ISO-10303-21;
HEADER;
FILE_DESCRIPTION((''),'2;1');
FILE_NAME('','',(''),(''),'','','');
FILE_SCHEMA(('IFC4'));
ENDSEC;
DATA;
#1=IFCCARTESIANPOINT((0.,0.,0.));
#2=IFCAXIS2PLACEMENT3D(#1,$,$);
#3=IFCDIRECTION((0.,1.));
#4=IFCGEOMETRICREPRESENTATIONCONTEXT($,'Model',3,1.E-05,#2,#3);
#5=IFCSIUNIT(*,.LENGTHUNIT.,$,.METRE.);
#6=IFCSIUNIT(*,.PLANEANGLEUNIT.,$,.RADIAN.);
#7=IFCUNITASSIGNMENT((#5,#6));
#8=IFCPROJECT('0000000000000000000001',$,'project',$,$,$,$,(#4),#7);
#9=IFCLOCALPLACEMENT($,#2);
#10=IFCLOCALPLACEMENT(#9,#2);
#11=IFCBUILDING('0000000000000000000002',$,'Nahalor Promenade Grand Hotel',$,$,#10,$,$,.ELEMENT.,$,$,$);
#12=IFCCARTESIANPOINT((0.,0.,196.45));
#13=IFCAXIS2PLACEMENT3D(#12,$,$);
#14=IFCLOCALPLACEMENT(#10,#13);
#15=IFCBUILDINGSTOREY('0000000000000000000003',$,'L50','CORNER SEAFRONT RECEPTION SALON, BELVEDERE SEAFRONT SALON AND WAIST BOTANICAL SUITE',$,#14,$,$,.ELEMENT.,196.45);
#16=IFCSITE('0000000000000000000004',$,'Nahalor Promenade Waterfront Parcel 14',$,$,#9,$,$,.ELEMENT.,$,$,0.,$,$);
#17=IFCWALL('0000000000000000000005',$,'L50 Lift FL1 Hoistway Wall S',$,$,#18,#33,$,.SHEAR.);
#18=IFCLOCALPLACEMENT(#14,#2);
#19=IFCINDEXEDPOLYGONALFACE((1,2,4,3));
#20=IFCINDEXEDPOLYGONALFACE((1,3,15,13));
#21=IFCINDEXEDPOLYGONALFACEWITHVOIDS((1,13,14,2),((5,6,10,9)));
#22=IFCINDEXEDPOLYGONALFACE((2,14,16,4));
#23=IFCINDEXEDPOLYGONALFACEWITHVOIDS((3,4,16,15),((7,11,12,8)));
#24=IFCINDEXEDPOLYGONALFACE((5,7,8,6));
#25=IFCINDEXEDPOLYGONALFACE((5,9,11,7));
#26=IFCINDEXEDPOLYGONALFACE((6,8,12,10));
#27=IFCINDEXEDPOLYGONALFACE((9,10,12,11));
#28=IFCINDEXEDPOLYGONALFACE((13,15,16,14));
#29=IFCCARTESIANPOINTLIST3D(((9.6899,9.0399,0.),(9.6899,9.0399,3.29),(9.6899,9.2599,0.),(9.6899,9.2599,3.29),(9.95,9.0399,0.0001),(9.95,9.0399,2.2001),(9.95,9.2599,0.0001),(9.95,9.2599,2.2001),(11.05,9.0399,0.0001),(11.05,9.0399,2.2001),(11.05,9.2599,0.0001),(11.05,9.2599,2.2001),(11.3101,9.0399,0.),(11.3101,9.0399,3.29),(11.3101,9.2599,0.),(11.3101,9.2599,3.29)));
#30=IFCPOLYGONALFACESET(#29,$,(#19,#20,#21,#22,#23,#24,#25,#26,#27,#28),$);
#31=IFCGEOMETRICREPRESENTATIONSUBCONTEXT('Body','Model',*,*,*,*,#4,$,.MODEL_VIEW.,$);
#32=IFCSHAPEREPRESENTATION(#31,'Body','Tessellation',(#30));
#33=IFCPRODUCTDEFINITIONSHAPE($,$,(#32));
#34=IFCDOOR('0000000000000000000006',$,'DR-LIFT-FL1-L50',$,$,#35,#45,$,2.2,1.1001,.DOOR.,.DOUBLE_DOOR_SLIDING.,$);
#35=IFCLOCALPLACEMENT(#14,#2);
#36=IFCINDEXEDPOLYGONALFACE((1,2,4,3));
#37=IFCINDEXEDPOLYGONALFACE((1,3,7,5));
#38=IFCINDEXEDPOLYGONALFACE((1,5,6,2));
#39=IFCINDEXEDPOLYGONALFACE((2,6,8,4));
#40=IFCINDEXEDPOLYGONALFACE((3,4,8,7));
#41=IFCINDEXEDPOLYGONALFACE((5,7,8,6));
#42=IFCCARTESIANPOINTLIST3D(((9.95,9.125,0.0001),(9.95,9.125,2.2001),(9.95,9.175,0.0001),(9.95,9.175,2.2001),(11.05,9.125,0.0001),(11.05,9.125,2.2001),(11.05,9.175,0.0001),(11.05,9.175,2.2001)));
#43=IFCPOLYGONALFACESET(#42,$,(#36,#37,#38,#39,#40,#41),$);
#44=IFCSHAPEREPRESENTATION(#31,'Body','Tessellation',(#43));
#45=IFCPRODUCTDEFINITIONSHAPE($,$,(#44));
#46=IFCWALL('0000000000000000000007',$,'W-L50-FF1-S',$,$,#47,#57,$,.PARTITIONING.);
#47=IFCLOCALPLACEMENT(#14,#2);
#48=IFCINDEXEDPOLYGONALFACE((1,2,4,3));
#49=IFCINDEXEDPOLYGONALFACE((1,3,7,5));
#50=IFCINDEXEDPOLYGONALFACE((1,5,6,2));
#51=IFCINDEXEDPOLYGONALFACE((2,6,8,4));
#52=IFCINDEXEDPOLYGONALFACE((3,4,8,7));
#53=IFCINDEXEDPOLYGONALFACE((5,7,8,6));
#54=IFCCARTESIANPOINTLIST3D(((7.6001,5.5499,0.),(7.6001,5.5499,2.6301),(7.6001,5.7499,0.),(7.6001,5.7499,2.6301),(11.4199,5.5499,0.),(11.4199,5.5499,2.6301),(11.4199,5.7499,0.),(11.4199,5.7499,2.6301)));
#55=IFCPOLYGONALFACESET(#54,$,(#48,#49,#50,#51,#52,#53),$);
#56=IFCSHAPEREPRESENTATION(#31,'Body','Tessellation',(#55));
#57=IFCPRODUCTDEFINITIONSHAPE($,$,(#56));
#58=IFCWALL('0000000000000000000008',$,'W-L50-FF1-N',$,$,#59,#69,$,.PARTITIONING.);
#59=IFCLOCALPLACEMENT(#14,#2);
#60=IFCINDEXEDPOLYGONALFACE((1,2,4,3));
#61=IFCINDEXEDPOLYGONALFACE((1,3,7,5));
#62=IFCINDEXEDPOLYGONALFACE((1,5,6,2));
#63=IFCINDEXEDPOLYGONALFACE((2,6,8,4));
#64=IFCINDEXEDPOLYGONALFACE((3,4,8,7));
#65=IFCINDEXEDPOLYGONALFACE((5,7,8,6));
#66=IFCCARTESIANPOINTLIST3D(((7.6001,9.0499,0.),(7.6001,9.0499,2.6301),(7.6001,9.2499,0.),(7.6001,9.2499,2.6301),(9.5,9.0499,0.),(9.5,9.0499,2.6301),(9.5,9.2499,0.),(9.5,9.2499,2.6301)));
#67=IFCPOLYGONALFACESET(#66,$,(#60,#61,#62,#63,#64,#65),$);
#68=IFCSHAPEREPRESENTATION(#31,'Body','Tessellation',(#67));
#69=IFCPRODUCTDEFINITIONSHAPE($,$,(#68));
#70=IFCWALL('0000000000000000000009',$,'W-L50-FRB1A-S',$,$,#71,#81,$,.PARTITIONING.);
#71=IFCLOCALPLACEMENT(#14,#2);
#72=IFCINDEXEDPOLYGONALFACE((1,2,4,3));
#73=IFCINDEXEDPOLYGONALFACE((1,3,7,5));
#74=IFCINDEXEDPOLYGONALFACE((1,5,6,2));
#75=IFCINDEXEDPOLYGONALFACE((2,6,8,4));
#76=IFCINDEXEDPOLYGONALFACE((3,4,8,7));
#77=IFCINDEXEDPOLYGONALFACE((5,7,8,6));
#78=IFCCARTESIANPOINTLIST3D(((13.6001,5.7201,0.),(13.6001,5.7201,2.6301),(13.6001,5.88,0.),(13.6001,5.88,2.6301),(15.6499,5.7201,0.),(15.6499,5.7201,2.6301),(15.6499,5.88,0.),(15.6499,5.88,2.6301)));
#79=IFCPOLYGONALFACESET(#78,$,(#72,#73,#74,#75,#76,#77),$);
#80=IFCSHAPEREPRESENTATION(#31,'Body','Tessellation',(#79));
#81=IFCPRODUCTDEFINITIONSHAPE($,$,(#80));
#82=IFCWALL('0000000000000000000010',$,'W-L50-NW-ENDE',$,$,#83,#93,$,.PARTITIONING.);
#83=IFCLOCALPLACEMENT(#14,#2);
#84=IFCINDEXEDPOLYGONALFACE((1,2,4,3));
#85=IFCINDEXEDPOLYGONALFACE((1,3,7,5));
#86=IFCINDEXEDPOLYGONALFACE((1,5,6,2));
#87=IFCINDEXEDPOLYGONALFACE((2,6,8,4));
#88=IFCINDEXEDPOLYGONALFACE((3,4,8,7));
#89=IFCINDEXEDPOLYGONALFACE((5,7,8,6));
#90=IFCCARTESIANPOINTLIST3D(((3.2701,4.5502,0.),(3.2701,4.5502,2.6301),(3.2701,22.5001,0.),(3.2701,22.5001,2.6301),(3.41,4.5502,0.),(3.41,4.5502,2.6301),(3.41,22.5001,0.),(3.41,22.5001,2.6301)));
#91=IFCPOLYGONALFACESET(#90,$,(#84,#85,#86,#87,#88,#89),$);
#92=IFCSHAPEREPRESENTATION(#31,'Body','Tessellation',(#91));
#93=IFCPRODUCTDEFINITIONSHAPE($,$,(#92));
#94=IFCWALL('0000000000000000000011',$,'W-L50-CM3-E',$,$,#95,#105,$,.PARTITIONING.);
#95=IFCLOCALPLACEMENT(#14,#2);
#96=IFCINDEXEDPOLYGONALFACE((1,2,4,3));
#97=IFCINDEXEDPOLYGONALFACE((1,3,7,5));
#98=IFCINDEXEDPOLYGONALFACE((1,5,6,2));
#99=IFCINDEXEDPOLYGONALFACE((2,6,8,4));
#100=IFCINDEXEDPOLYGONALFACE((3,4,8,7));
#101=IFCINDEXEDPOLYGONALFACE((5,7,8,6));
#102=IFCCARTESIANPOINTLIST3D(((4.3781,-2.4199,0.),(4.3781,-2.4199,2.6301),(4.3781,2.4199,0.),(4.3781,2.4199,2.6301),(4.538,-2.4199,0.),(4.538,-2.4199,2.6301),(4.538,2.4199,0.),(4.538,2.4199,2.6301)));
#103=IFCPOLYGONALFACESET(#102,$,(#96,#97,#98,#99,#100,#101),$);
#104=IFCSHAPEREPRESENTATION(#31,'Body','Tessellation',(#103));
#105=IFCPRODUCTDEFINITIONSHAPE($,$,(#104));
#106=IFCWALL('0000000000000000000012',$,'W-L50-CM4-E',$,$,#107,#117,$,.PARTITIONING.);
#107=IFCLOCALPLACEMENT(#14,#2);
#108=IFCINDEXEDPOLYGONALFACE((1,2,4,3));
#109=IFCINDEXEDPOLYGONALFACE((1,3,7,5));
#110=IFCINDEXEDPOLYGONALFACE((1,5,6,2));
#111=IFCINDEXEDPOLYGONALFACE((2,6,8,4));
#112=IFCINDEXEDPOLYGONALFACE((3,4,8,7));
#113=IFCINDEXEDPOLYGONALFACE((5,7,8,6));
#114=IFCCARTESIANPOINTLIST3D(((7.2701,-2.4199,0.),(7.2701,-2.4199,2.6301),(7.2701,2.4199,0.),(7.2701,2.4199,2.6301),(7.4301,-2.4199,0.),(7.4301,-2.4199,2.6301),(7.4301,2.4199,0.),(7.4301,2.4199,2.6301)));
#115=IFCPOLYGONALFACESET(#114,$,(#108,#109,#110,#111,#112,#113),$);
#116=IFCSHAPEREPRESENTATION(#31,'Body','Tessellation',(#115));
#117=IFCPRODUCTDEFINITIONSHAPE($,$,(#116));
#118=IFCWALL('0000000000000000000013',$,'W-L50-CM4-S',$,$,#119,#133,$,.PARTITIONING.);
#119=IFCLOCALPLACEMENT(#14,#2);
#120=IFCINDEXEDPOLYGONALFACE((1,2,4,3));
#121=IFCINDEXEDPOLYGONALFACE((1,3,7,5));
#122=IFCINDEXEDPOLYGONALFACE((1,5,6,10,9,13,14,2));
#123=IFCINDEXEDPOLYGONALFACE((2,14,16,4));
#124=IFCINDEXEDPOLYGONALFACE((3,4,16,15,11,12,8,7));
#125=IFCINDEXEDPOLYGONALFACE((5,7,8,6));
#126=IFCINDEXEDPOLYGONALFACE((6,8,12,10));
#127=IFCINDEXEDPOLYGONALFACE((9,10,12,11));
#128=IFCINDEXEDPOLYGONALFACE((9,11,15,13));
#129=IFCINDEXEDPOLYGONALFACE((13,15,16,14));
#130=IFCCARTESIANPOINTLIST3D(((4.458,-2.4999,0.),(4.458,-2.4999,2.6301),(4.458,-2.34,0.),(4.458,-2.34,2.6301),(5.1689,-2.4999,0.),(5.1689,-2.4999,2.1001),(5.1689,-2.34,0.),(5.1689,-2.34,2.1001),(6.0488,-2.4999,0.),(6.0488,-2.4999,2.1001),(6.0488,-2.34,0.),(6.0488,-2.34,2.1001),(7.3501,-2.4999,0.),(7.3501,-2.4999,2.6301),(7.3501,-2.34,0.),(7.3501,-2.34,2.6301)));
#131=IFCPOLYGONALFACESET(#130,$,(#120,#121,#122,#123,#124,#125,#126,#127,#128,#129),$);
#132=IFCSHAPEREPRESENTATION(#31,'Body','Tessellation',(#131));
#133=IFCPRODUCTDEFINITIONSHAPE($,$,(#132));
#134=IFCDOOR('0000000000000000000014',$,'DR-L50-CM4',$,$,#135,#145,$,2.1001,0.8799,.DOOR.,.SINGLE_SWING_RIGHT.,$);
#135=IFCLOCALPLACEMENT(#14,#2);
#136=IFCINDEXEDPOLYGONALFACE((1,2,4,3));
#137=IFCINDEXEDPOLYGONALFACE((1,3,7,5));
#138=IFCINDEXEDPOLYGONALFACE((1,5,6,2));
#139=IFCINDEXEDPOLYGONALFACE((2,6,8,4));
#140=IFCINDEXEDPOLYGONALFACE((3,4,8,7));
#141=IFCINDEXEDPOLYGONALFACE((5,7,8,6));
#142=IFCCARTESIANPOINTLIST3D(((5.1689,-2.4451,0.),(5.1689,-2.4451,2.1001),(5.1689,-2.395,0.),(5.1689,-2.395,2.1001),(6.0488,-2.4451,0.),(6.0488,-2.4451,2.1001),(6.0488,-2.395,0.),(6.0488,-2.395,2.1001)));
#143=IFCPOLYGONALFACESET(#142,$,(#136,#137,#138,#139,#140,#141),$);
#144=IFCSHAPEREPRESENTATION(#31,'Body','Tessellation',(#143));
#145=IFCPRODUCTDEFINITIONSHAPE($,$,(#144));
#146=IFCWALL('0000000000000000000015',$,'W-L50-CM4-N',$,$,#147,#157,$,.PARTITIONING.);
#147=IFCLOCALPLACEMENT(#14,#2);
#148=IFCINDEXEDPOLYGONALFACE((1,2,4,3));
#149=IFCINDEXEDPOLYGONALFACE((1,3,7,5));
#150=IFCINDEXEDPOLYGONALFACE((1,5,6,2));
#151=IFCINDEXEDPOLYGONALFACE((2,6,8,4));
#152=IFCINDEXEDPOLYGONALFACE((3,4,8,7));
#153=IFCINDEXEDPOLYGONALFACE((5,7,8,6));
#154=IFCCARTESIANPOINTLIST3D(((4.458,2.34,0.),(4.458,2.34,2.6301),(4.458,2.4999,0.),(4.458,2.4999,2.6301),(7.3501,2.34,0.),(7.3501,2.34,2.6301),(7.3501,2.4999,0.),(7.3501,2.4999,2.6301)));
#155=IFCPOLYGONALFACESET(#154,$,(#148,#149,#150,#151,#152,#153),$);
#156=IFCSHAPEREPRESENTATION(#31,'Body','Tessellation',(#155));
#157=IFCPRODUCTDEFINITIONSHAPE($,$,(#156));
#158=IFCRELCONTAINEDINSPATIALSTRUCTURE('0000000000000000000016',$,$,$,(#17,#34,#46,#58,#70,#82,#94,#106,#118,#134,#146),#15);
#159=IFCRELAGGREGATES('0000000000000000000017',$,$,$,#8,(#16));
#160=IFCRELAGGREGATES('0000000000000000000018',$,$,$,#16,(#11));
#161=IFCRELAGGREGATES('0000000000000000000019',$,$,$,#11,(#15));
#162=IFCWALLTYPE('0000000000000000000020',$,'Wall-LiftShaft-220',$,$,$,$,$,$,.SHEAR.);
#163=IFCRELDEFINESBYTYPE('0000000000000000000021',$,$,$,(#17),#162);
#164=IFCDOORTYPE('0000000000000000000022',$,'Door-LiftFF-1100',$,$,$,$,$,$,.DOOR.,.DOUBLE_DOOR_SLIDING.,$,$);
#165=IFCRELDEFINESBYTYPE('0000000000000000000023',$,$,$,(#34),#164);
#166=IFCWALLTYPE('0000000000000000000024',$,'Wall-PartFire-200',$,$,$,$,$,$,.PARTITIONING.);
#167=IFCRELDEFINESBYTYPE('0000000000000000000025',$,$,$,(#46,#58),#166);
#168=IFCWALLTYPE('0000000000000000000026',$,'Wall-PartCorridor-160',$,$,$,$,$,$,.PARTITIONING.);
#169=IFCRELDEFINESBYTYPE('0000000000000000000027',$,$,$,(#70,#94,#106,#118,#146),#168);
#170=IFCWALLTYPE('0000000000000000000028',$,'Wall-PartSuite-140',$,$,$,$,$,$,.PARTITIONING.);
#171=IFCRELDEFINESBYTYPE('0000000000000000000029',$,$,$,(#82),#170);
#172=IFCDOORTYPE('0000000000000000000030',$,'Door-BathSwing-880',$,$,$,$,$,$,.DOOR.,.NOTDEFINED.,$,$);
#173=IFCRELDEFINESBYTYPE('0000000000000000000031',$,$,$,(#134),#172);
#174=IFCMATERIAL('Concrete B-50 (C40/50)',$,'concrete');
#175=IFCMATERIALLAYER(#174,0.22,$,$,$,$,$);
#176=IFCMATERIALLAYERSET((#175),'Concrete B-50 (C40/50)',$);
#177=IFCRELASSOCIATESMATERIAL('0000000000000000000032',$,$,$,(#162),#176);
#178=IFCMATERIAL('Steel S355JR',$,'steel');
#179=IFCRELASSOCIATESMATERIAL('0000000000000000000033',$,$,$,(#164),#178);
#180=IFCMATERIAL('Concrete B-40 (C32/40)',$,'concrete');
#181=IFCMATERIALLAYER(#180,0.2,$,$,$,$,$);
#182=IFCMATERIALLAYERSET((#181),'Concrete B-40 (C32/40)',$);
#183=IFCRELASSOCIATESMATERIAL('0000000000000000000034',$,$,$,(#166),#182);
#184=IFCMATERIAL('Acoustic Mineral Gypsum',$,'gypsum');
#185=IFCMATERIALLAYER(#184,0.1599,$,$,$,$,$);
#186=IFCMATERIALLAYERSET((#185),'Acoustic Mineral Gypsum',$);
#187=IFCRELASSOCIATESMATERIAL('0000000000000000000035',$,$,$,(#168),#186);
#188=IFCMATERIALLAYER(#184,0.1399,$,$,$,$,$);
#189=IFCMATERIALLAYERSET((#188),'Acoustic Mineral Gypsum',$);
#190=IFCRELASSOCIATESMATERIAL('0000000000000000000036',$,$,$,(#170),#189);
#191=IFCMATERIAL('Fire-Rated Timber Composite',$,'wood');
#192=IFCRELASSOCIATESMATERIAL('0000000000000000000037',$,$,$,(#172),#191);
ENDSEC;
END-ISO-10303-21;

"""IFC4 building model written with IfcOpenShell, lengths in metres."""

from ifc_helpers import new_model, si_unit, direction, frame, frame_2d, origin, place, context, subcontext, project, spatial, rectangle, extrude, source, transform, mapped, material, layer, layer_set, type_object, element, fill, save


model = new_model("IFC4")

# Units and contexts
model_context = context("Model", 3, precision=1e-05, world=origin(), true_north=direction((0.0, 1.0)))
body_context = subcontext(model_context, "Body", "Model", "MODEL_VIEW")
ifc_project = project(units=[si_unit("LENGTHUNIT", "METRE"), si_unit("PLANEANGLEUNIT", "RADIAN")], contexts=[model_context])

# Site, building, storey
site_placement = place(None, origin())
site = spatial("IfcSite", under=ifc_project, at=site_placement, Name="Nahalor Promenade Waterfront Parcel 14", CompositionType="ELEMENT", RefElevation=0.0)
building_placement = place(site_placement, origin())
building = spatial("IfcBuilding", under=site, at=building_placement, Name="Nahalor Promenade Grand Hotel", CompositionType="ELEMENT")
storey_placement = place(building_placement, frame((0.0, 0.0, 196.45)))
storey = spatial("IfcBuildingStorey", under=building, at=storey_placement, Name="L50", Description="CORNER SEAFRONT RECEPTION SALON, BELVEDERE SEAFRONT SALON AND WAIST BOTANICAL SUITE", CompositionType="ELEMENT", Elevation=196.45)

# Shared definitions
ifc_material_1 = material(Name="Steel S355JR", Category="steel")

# Shared definitions
ifc_material_2 = material(Name="Concrete B-50 (C40/50)", Category="concrete")

# Shared definitions
ifc_layer_1 = layer(ifc_material_2, 0.22)
ifc_layer_set_1 = layer_set([ifc_layer_1], Name="Concrete B-50 (C40/50)")
wall_type_1 = type_object("IfcWallType", Name="Wall-LiftShaft-220", PredefinedType="SHEAR", material=ifc_layer_set_1)

# Wall, opening, door
shared_shape_1 = source(origin(), body_context, "Body", "SweptSolid", [
    extrude(rectangle(XDim=1.6201, YDim=0.22, at=frame_2d((0.8101, 0.0))), origin(), (0.0, 0.0, 1.0), 3.29),
])
wall_1_placement = place(storey_placement, frame((9.6899, 9.1499, 0.0), z_axis=(0.0, 0.0, 1.0), x_axis=(1.0, 0.0, 0.0)))
wall_1 = element("IfcWall", 1, at=wall_1_placement, inside=storey, type_object=wall_type_1, Name="L50 Lift FL1 Hoistway Wall S", PredefinedType="SHEAR", context=body_context, shape_type="MappedRepresentation", body=[
    mapped(shared_shape_1, transform((0.0, 0.0, 0.0), scale=1.0)),
])
opening_1_placement = place(wall_1_placement, frame((0.26, 0.0, 0.0)))
opening_1 = element("IfcOpeningElement", 2, at=opening_1_placement, cuts=wall_1, PredefinedType="OPENING", context=body_context, shape_type="SweptSolid", body=[
    extrude(rectangle(XDim=1.1001, YDim=2.2, at=frame_2d((0.55, 1.1001))), frame((0.0, 0.1199, 0.0), z_axis=(0.0, -1.0, 0.0), x_axis=(1.0, 0.0, 0.0)), (0.0, 0.0, 1.0), 0.24),
])
door_type_1 = type_object("IfcDoorType", Name="Door-LiftFF-1100", OperationType="DOUBLE_DOOR_SLIDING", PredefinedType="DOOR", material=ifc_material_1)
shared_shape_2 = source(origin(), body_context, "Body", "SweptSolid", [
    extrude(rectangle(XDim=1.1001, YDim=2.2, at=frame_2d((0.55, 1.1001))), frame((0.0, 0.0249, 0.0), z_axis=(0.0, -1.0, 0.0), x_axis=(1.0, 0.0, 0.0)), (0.0, 0.0, 1.0), 0.05),
])
door_1_placement = place(opening_1_placement, frame((1.1001, 0.0, 0.0), z_axis=(0.0, 0.0, 1.0), x_axis=(-1.0, 0.0, 0.0)))
door_1 = element("IfcDoor", 3, at=door_1_placement, inside=storey, type_object=door_type_1, Name="DR-LIFT-FL1-L50", OperationType="DOUBLE_DOOR_SLIDING", OverallHeight=2.2, OverallWidth=1.1001, PredefinedType="DOOR", context=body_context, shape_type="MappedRepresentation", body=[
    mapped(shared_shape_2, transform((0.0, 0.0, 0.0), scale=1.0)),
])
fill(opening_1, door_1)

# Walls
ifc_material_3 = material(Name="Concrete B-40 (C32/40)", Category="concrete")
ifc_layer_2 = layer(ifc_material_3, 0.2)
ifc_layer_set_2 = layer_set([ifc_layer_2], Name="Concrete B-40 (C32/40)")
wall_type_2 = type_object("IfcWallType", Name="Wall-PartFire-200", PredefinedType="PARTITIONING", material=ifc_layer_set_2)
shared_shape_3 = source(origin(), body_context, "Body", "SweptSolid", [
    extrude(rectangle(XDim=3.8198, YDim=0.2, at=frame_2d((1.9099, 0.0))), origin(), (0.0, 0.0, 1.0), 2.6301),
])
wall_2_placement = place(storey_placement, frame((7.6001, 5.6499, 0.0), z_axis=(0.0, 0.0, 1.0), x_axis=(1.0, 0.0, 0.0)))
element("IfcWall", 4, at=wall_2_placement, inside=storey, type_object=wall_type_2, Name="W-L50-FF1-S", PredefinedType="PARTITIONING", context=body_context, shape_type="MappedRepresentation", body=[
    mapped(shared_shape_3, transform((0.0, 0.0, 0.0), scale=1.0)),
])
shared_shape_4 = source(origin(), body_context, "Body", "SweptSolid", [
    extrude(rectangle(XDim=1.8999, YDim=0.2, at=frame_2d((0.95, 0.0))), origin(), (0.0, 0.0, 1.0), 2.6301),
])
wall_3_placement = place(storey_placement, frame((7.6001, 9.1499, 0.0), z_axis=(0.0, 0.0, 1.0), x_axis=(1.0, 0.0, 0.0)))
element("IfcWall", 5, at=wall_3_placement, inside=storey, type_object=wall_type_2, Name="W-L50-FF1-N", PredefinedType="PARTITIONING", context=body_context, shape_type="MappedRepresentation", body=[
    mapped(shared_shape_4, transform((0.0, 0.0, 0.0), scale=1.0)),
])

# Walls
ifc_material_4 = material(Name="Acoustic Mineral Gypsum", Category="gypsum")
ifc_layer_3 = layer(ifc_material_4, 0.1599)
ifc_layer_set_3 = layer_set([ifc_layer_3], Name="Acoustic Mineral Gypsum")
wall_type_3 = type_object("IfcWallType", Name="Wall-PartCorridor-160", PredefinedType="PARTITIONING", material=ifc_layer_set_3)
shared_shape_5 = source(origin(), body_context, "Body", "SweptSolid", [
    extrude(rectangle(XDim=2.0498, YDim=0.1599, at=frame_2d((1.0249, 0.0))), origin(), (0.0, 0.0, 1.0), 2.6301),
])
wall_4_placement = place(storey_placement, frame((13.6001, 5.8, 0.0), z_axis=(0.0, 0.0, 1.0), x_axis=(1.0, 0.0, 0.0)))
element("IfcWall", 6, at=wall_4_placement, inside=storey, type_object=wall_type_3, Name="W-L50-FRB1A-S", PredefinedType="PARTITIONING", context=body_context, shape_type="MappedRepresentation", body=[
    mapped(shared_shape_5, transform((0.0, 0.0, 0.0), scale=1.0)),
])
ifc_layer_4 = layer(ifc_material_4, 0.1399)
ifc_layer_set_4 = layer_set([ifc_layer_4], Name="Acoustic Mineral Gypsum")
wall_type_4 = type_object("IfcWallType", Name="Wall-PartSuite-140", PredefinedType="PARTITIONING", material=ifc_layer_set_4)
shared_shape_6 = source(origin(), body_context, "Body", "SweptSolid", [
    extrude(rectangle(XDim=17.95, YDim=0.1399, at=frame_2d((8.9751, 0.0))), origin(), (0.0, 0.0, 1.0), 2.6301),
])
wall_5_placement = place(storey_placement, frame((3.3401, 4.55, 0.0), z_axis=(0.0, 0.0, 1.0), x_axis=(0.0, 1.0, 0.0)))
element("IfcWall", 7, at=wall_5_placement, inside=storey, type_object=wall_type_4, Name="W-L50-NW-ENDE", PredefinedType="PARTITIONING", context=body_context, shape_type="MappedRepresentation", body=[
    mapped(shared_shape_6, transform((0.0, 0.0, 0.0), scale=1.0)),
])
shared_shape_7 = source(origin(), body_context, "Body", "SweptSolid", [
    extrude(rectangle(XDim=4.8398, YDim=0.1599, at=frame_2d((2.4199, 0.0))), origin(), (0.0, 0.0, 1.0), 2.6301),
])
for number, where, z_axis, x_axis, name in (
    (8, (4.458, -2.4199, 0.0), (0.0, 0.0, 1.0), (0.0, 1.0, 0.0), "W-L50-CM3-E"),
    (9, (7.3501, -2.4199, 0.0), (0.0, 0.0, 1.0), (0.0, 1.0, 0.0), "W-L50-CM4-E"),
):
    element("IfcWall", number, at=place(storey_placement, frame(where, z_axis=z_axis, x_axis=x_axis)), inside=storey, type_object=wall_type_3, Name=name, PredefinedType="PARTITIONING", context=body_context, shape_type="MappedRepresentation", body=[
        mapped(shared_shape_7, transform((0.0, 0.0, 0.0), scale=1.0)),
    ])

# Wall, opening, door
shared_shape_8 = source(origin(), body_context, "Body", "SweptSolid", [
    extrude(rectangle(XDim=2.8921, YDim=0.1599, at=frame_2d((1.446, 0.0))), origin(), (0.0, 0.0, 1.0), 2.6301),
])
wall_6_placement = place(storey_placement, frame((4.458, -2.4199, 0.0), z_axis=(0.0, 0.0, 1.0), x_axis=(1.0, 0.0, 0.0)))
wall_6 = element("IfcWall", 10, at=wall_6_placement, inside=storey, type_object=wall_type_3, Name="W-L50-CM4-S", PredefinedType="PARTITIONING", context=body_context, shape_type="MappedRepresentation", body=[
    mapped(shared_shape_8, transform((0.0, 0.0, 0.0), scale=1.0)),
])
opening_2_placement = place(wall_6_placement, frame((0.7109, 0.0, 0.0)))
opening_2 = element("IfcOpeningElement", 11, at=opening_2_placement, cuts=wall_6, PredefinedType="OPENING", context=body_context, shape_type="SweptSolid", body=[
    extrude(rectangle(XDim=0.8799, YDim=2.1001, at=frame_2d((0.4399, 1.05))), frame((0.0, 0.0898, 0.0), z_axis=(0.0, -1.0, 0.0), x_axis=(1.0, 0.0, 0.0)), (0.0, 0.0, 1.0), 0.1799),
])
ifc_material_5 = material(Name="Fire-Rated Timber Composite", Category="wood")
door_type_2 = type_object("IfcDoorType", Name="Door-BathSwing-880", OperationType="NOTDEFINED", PredefinedType="DOOR", material=ifc_material_5)
shared_shape_9 = source(origin(), body_context, "Body", "SweptSolid", [
    extrude(rectangle(XDim=0.8799, YDim=2.1001, at=frame_2d((0.4399, 1.05))), frame((0.0, 0.0249, 0.0), z_axis=(0.0, -1.0, 0.0), x_axis=(1.0, 0.0, 0.0)), (0.0, 0.0, 1.0), 0.05),
])
door_2_placement = place(opening_2_placement, origin())
door_2 = element("IfcDoor", 12, at=door_2_placement, inside=storey, type_object=door_type_2, Name="DR-L50-CM4", OperationType="SINGLE_SWING_RIGHT", OverallHeight=2.1001, OverallWidth=0.8799, PredefinedType="DOOR", context=body_context, shape_type="MappedRepresentation", body=[
    mapped(shared_shape_9, transform((0.0, 0.0, 0.0), scale=1.0)),
])
fill(opening_2, door_2)

# Wall
wall_7_placement = place(storey_placement, frame((4.458, 2.4199, 0.0), z_axis=(0.0, 0.0, 1.0), x_axis=(1.0, 0.0, 0.0)))
element("IfcWall", 13, at=wall_7_placement, inside=storey, type_object=wall_type_3, Name="W-L50-CM4-N", PredefinedType="PARTITIONING", context=body_context, shape_type="MappedRepresentation", body=[
    mapped(shared_shape_8, transform((0.0, 0.0, 0.0), scale=1.0)),
])

save(model, "model.ifc")
